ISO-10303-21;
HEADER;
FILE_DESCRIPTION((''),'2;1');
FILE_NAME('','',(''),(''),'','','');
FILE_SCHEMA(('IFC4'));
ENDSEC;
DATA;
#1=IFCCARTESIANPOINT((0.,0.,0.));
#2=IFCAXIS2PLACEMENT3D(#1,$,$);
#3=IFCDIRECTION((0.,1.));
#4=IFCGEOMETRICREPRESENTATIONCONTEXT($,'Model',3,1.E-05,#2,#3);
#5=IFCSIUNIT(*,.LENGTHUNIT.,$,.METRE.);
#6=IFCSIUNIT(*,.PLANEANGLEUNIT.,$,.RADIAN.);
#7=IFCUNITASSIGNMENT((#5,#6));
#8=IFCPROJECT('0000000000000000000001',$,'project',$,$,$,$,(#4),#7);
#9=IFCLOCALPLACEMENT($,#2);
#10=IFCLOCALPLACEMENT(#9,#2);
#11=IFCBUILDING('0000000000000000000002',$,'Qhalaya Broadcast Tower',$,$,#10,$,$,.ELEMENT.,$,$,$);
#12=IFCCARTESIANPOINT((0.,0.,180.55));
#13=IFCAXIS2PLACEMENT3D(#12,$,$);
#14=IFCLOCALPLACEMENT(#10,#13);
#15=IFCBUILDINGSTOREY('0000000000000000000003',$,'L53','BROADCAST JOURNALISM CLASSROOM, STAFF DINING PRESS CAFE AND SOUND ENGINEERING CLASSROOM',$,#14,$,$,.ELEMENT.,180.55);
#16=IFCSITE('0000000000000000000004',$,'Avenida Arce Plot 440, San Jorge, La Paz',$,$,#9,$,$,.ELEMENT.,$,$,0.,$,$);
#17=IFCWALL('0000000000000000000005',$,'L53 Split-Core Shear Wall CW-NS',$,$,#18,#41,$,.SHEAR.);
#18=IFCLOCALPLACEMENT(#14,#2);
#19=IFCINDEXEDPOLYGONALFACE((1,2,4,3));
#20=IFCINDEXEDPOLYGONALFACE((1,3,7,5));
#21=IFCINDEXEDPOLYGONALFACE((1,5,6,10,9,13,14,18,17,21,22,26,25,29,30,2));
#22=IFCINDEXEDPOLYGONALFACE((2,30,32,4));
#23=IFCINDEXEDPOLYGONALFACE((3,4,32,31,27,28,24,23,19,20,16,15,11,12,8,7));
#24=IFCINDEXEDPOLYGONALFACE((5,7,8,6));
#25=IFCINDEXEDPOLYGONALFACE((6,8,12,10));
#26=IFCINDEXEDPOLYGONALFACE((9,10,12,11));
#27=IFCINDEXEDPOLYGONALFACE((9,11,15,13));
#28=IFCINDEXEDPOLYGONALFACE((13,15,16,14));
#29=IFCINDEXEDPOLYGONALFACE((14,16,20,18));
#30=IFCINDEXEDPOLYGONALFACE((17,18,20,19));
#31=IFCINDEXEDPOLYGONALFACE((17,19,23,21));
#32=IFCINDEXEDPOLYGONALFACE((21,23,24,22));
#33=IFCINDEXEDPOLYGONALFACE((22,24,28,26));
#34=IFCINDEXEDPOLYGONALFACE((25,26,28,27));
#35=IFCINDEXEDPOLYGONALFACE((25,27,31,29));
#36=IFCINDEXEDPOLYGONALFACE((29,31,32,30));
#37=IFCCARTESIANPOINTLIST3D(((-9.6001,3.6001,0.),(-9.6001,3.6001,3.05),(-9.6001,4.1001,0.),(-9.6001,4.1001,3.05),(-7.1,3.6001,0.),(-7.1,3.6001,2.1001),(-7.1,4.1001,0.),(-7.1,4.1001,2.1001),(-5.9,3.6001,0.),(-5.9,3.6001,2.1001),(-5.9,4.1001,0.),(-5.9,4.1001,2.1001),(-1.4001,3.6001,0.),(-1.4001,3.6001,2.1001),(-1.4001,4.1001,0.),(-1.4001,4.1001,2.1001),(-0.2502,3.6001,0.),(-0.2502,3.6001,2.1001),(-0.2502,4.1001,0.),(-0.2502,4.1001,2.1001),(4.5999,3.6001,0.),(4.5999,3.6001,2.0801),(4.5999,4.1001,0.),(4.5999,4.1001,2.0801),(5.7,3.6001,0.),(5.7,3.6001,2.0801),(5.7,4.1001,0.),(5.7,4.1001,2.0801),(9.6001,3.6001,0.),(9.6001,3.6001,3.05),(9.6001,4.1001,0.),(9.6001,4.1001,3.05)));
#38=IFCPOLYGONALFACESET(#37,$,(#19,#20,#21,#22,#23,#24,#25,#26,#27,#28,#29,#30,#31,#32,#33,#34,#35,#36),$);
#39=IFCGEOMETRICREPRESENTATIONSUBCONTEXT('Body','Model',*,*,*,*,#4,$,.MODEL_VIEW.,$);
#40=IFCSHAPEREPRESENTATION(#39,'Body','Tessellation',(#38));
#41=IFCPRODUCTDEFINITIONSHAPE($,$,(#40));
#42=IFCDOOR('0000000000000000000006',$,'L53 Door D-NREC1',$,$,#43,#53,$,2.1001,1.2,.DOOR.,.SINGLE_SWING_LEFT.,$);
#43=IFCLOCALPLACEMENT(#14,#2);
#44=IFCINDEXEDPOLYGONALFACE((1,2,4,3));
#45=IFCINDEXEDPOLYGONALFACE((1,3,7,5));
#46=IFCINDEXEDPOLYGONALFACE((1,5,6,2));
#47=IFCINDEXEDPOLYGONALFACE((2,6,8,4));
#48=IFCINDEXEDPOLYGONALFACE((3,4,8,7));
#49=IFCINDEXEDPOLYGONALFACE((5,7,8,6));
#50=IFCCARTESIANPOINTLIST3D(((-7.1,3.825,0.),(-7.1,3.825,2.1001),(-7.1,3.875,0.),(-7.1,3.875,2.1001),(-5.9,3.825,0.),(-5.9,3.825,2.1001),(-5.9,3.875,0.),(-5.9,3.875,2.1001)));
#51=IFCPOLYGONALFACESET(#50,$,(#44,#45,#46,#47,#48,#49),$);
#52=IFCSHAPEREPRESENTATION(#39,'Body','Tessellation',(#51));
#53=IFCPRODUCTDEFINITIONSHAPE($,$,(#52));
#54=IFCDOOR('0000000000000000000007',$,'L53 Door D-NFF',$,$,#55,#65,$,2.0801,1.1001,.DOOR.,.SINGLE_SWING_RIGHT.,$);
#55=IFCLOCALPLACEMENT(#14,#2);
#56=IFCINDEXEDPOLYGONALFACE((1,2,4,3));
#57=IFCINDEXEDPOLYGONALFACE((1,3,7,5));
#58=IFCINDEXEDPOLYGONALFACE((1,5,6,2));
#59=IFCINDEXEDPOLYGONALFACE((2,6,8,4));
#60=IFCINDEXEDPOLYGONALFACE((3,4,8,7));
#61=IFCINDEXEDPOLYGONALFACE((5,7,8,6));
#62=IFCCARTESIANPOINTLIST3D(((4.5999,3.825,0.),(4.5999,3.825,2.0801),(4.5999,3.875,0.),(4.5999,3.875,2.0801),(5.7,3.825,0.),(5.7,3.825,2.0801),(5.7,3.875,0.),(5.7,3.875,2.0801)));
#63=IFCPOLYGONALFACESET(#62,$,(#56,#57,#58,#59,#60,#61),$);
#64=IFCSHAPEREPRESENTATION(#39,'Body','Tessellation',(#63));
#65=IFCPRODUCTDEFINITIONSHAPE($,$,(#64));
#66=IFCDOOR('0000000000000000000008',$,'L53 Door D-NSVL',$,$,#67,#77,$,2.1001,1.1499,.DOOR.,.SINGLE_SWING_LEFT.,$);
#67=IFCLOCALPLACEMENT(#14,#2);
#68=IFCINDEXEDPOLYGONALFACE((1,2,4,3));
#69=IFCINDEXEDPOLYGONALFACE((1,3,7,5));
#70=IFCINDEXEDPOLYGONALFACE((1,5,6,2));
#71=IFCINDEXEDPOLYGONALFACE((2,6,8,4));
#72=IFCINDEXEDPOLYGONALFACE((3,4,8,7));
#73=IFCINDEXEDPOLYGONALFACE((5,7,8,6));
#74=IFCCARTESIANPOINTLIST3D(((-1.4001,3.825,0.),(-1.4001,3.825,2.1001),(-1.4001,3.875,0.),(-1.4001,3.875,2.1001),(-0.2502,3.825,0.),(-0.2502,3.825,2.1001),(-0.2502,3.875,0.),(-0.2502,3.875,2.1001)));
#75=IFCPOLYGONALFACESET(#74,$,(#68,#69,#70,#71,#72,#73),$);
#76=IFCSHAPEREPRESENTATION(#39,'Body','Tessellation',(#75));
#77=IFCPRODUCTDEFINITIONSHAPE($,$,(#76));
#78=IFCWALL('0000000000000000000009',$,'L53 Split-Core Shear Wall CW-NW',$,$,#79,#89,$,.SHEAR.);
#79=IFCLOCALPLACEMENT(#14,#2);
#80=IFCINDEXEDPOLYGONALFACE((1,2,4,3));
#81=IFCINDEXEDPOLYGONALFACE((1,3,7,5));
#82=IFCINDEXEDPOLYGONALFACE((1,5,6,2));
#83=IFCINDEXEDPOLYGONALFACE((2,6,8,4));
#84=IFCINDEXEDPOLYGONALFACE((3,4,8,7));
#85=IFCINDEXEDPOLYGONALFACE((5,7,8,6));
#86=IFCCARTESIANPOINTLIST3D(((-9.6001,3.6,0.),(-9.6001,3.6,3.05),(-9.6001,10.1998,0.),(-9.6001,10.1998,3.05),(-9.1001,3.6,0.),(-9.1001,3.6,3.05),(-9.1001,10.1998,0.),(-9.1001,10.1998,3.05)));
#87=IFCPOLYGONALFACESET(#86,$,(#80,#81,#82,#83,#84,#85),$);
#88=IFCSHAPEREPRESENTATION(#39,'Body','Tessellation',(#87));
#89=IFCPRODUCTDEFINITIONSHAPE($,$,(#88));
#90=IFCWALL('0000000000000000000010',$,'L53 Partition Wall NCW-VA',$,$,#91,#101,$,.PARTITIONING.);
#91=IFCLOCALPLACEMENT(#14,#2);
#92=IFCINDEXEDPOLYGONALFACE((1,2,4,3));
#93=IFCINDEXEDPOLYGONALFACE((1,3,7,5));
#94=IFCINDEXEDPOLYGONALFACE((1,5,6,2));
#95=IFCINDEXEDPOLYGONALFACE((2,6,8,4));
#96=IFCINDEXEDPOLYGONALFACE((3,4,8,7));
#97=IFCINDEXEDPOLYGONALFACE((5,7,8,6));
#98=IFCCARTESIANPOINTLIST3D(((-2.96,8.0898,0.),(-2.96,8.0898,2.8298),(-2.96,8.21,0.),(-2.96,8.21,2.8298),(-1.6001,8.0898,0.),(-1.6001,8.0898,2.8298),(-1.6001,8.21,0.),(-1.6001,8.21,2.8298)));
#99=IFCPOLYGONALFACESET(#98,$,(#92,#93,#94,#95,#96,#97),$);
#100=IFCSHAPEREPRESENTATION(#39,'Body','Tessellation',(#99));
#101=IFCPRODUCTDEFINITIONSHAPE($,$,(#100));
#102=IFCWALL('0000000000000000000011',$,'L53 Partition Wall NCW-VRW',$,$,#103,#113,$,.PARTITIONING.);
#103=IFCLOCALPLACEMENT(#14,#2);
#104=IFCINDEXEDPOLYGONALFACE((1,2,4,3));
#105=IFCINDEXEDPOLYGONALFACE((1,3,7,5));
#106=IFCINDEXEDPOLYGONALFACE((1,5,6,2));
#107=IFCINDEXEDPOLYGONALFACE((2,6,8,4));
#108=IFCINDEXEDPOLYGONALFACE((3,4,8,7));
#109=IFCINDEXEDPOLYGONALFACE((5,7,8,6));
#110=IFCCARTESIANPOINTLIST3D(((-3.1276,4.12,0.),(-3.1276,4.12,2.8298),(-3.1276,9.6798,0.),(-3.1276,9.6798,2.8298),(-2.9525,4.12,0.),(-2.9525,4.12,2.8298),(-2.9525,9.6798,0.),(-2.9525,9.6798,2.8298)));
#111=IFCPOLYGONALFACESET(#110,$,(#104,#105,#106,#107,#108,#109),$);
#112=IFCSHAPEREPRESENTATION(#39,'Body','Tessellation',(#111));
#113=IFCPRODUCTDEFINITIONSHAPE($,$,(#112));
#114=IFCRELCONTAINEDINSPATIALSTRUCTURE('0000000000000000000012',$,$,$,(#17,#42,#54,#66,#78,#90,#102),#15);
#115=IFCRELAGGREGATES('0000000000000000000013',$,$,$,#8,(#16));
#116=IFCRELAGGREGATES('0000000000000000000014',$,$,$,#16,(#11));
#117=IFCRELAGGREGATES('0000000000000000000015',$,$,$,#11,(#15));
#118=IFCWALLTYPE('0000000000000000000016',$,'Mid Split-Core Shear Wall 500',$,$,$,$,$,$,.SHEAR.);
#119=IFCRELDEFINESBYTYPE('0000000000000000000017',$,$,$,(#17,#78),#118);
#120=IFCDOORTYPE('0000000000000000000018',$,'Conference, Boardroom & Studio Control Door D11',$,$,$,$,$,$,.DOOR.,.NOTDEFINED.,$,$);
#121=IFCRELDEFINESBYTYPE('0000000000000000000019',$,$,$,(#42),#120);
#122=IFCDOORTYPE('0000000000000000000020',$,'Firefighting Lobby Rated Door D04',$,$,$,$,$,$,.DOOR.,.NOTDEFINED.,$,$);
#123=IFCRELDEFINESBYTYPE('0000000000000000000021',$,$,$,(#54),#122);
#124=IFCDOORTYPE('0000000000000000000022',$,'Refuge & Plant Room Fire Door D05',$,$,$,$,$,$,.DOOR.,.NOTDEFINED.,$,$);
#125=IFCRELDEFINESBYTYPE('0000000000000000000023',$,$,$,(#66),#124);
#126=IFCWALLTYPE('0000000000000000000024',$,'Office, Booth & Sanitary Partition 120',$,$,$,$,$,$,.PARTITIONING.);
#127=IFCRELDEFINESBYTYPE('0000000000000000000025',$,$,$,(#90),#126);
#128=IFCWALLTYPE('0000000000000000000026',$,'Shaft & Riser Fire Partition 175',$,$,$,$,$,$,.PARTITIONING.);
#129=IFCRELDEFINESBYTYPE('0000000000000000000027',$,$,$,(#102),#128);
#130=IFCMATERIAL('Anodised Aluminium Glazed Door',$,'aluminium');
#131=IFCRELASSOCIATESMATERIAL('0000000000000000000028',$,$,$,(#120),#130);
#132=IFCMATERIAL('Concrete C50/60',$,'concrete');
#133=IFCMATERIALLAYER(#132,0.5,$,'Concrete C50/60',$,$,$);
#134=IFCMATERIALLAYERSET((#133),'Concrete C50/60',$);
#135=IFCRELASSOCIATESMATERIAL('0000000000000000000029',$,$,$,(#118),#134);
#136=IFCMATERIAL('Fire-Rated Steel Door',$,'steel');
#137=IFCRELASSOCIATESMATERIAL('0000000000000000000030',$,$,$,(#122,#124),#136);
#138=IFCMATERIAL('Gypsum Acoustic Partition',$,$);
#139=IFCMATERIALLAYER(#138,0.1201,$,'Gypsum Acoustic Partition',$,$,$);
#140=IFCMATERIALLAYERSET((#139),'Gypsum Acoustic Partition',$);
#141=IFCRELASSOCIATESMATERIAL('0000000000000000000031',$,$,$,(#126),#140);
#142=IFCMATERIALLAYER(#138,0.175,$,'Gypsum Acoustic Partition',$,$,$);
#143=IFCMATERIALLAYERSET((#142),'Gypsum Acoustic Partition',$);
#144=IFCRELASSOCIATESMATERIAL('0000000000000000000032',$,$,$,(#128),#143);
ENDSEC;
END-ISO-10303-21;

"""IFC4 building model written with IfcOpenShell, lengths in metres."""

from ifc_helpers import new_model, si_unit, direction, frame, frame_2d, origin, place, context, subcontext, project, spatial, rectangle, extrude, material, layer, layer_set, type_object, element, fill, save


model = new_model("IFC4")

# Units and contexts
model_context = context("Model", 3, precision=1e-05, world=origin(), true_north=direction((0.0, 1.0)))
body_context = subcontext(model_context, "Body", "Model", "MODEL_VIEW")
ifc_project = project(units=[si_unit("LENGTHUNIT", "METRE"), si_unit("PLANEANGLEUNIT", "RADIAN")], contexts=[model_context])

# Site, building, storey
site_placement = place(None, origin())
site = spatial("IfcSite", under=ifc_project, at=site_placement, Name="Avenida Arce Plot 440, San Jorge, La Paz", CompositionType="ELEMENT", RefElevation=0.0)
building_placement = place(site_placement, origin())
building = spatial("IfcBuilding", under=site, at=building_placement, Name="Qhalaya Broadcast Tower", CompositionType="ELEMENT")
storey_placement = place(building_placement, frame((0.0, 0.0, 180.55)))
storey = spatial("IfcBuildingStorey", under=building, at=storey_placement, Name="L53", Description="BROADCAST JOURNALISM CLASSROOM, STAFF DINING PRESS CAFE AND SOUND ENGINEERING CLASSROOM", CompositionType="ELEMENT", Elevation=180.55)

# Shared definitions
ifc_material_1 = material(Name="Concrete C50/60", Category="concrete")

# Shared definitions
ifc_material_2 = material(Name="Gypsum Acoustic Partition")
ifc_material_3 = material(Name="Fire-Rated Steel Door", Category="steel")

# Shared definitions
ifc_material_4 = material(Name="Anodised Aluminium Glazed Door", Category="aluminium")
door_type_1 = type_object("IfcDoorType", Name="Conference, Boardroom & Studio Control Door D11", OperationType="NOTDEFINED", PredefinedType="DOOR", material=ifc_material_4)

# Shared definitions
ifc_layer_1 = layer(ifc_material_1, 0.5, Name="Concrete C50/60")
ifc_layer_set_1 = layer_set([ifc_layer_1], Name="Concrete C50/60")
wall_type_1 = type_object("IfcWallType", Name="Mid Split-Core Shear Wall 500", PredefinedType="SHEAR", material=ifc_layer_set_1)

# Wall, openings, doors
wall_1_placement = place(storey_placement, frame((-9.6001, 3.8501, 0.0), z_axis=(0.0, 0.0, 1.0), x_axis=(1.0, 0.0, 0.0)))
wall_1 = element("IfcWall", 1, at=wall_1_placement, inside=storey, type_object=wall_type_1, Name="L53 Split-Core Shear Wall CW-NS", PredefinedType="SHEAR", context=body_context, shape_type="SweptSolid", body=[
    extrude(rectangle(XDim=19.2002, YDim=0.5, at=frame_2d((9.6001, 0.0))), origin(), (0.0, 0.0, 1.0), 3.05),
])
opening_1_placement = place(wall_1_placement, frame((14.2, 0.0, 0.0)))
opening_1 = element("IfcOpeningElement", 2, at=opening_1_placement, cuts=wall_1, PredefinedType="OPENING", context=body_context, shape_type="SweptSolid", body=[
    extrude(rectangle(XDim=1.1001, YDim=2.0801, at=frame_2d((0.55, 1.04))), frame((0.0, 0.262, 0.0), z_axis=(0.0, -1.0, 0.0), x_axis=(1.0, 0.0, 0.0)), (0.0, 0.0, 1.0), 0.5239),
])
opening_2_placement = place(wall_1_placement, frame((8.2, 0.0, 0.0)))
opening_2 = element("IfcOpeningElement", 3, at=opening_2_placement, cuts=wall_1, PredefinedType="OPENING", context=body_context, shape_type="SweptSolid", body=[
    extrude(rectangle(XDim=1.1499, YDim=2.1001, at=frame_2d((0.575, 1.05))), frame((0.0, 0.262, 0.0), z_axis=(0.0, -1.0, 0.0), x_axis=(1.0, 0.0, 0.0)), (0.0, 0.0, 1.0), 0.5239),
])
opening_3_placement = place(wall_1_placement, frame((2.5, 0.0, 0.0)))
opening_3 = element("IfcOpeningElement", 4, at=opening_3_placement, cuts=wall_1, PredefinedType="OPENING", context=body_context, shape_type="SweptSolid", body=[
    extrude(rectangle(XDim=1.2, YDim=2.1001, at=frame_2d((0.6001, 1.05))), frame((0.0, 0.262, 0.0), z_axis=(0.0, -1.0, 0.0), x_axis=(1.0, 0.0, 0.0)), (0.0, 0.0, 1.0), 0.5239),
])
door_1_placement = place(opening_3_placement, origin())
door_1 = element("IfcDoor", 5, at=door_1_placement, inside=storey, type_object=door_type_1, Name="L53 Door D-NREC1", OperationType="SINGLE_SWING_LEFT", OverallHeight=2.1001, OverallWidth=1.2, PredefinedType="DOOR", context=body_context, shape_type="SweptSolid", body=[
    extrude(rectangle(XDim=1.2, YDim=2.1001, at=frame_2d((0.6001, 1.05))), frame((0.0, 0.0249, 0.0), z_axis=(0.0, -1.0, 0.0), x_axis=(1.0, 0.0, 0.0)), (0.0, 0.0, 1.0), 0.05),
])
fill(opening_3, door_1)
door_type_2 = type_object("IfcDoorType", Name="Firefighting Lobby Rated Door D04", OperationType="NOTDEFINED", PredefinedType="DOOR", material=ifc_material_3)
door_2_placement = place(opening_1_placement, origin())
door_2 = element("IfcDoor", 6, at=door_2_placement, inside=storey, type_object=door_type_2, Name="L53 Door D-NFF", OperationType="SINGLE_SWING_RIGHT", OverallHeight=2.0801, OverallWidth=1.1001, PredefinedType="DOOR", context=body_context, shape_type="SweptSolid", body=[
    extrude(rectangle(XDim=1.1001, YDim=2.0801, at=frame_2d((0.55, 1.04))), frame((0.0, 0.0249, 0.0), z_axis=(0.0, -1.0, 0.0), x_axis=(1.0, 0.0, 0.0)), (0.0, 0.0, 1.0), 0.05),
])
fill(opening_1, door_2)
door_type_3 = type_object("IfcDoorType", Name="Refuge & Plant Room Fire Door D05", OperationType="NOTDEFINED", PredefinedType="DOOR", material=ifc_material_3)
door_3_placement = place(opening_2_placement, origin())
door_3 = element("IfcDoor", 7, at=door_3_placement, inside=storey, type_object=door_type_3, Name="L53 Door D-NSVL", OperationType="SINGLE_SWING_LEFT", OverallHeight=2.1001, OverallWidth=1.1499, PredefinedType="DOOR", context=body_context, shape_type="SweptSolid", body=[
    extrude(rectangle(XDim=1.1499, YDim=2.1001, at=frame_2d((0.575, 1.05))), frame((0.0, 0.0249, 0.0), z_axis=(0.0, -1.0, 0.0), x_axis=(1.0, 0.0, 0.0)), (0.0, 0.0, 1.0), 0.05),
])
fill(opening_2, door_3)

# Walls
wall_2_placement = place(storey_placement, frame((-9.3501, 3.6001, 0.0), z_axis=(0.0, 0.0, 1.0), x_axis=(0.0, 1.0, 0.0)))
element("IfcWall", 8, at=wall_2_placement, inside=storey, type_object=wall_type_1, Name="L53 Split-Core Shear Wall CW-NW", PredefinedType="SHEAR", context=body_context, shape_type="SweptSolid", body=[
    extrude(rectangle(XDim=6.5999, YDim=0.5, at=frame_2d((3.2998, 0.0))), origin(), (0.0, 0.0, 1.0), 3.05),
])
ifc_layer_2 = layer(ifc_material_2, 0.1201, Name="Gypsum Acoustic Partition")
ifc_layer_set_2 = layer_set([ifc_layer_2], Name="Gypsum Acoustic Partition")
wall_type_2 = type_object("IfcWallType", Name="Office, Booth & Sanitary Partition 120", PredefinedType="PARTITIONING", material=ifc_layer_set_2)
wall_3_placement = place(storey_placement, frame((-2.96, 8.1499, 0.0), z_axis=(0.0, 0.0, 1.0), x_axis=(1.0, 0.0, 0.0)))
element("IfcWall", 9, at=wall_3_placement, inside=storey, type_object=wall_type_2, Name="L53 Partition Wall NCW-VA", PredefinedType="PARTITIONING", context=body_context, shape_type="SweptSolid", body=[
    extrude(rectangle(XDim=1.3599, YDim=0.1201, at=frame_2d((0.6799, 0.0))), origin(), (0.0, 0.0, 1.0), 2.8298),
])
ifc_layer_3 = layer(ifc_material_2, 0.175, Name="Gypsum Acoustic Partition")
ifc_layer_set_3 = layer_set([ifc_layer_3], Name="Gypsum Acoustic Partition")
wall_type_3 = type_object("IfcWallType", Name="Shaft & Riser Fire Partition 175", PredefinedType="PARTITIONING", material=ifc_layer_set_3)
wall_4_placement = place(storey_placement, frame((-3.04, 4.1201, 0.0), z_axis=(0.0, 0.0, 1.0), x_axis=(0.0, 1.0, 0.0)))
element("IfcWall", 10, at=wall_4_placement, inside=storey, type_object=wall_type_3, Name="L53 Partition Wall NCW-VRW", PredefinedType="PARTITIONING", context=body_context, shape_type="SweptSolid", body=[
    extrude(rectangle(XDim=5.5598, YDim=0.175, at=frame_2d((2.7798, 0.0))), origin(), (0.0, 0.0, 1.0), 2.8298),
])

save(model, "model.ifc")
